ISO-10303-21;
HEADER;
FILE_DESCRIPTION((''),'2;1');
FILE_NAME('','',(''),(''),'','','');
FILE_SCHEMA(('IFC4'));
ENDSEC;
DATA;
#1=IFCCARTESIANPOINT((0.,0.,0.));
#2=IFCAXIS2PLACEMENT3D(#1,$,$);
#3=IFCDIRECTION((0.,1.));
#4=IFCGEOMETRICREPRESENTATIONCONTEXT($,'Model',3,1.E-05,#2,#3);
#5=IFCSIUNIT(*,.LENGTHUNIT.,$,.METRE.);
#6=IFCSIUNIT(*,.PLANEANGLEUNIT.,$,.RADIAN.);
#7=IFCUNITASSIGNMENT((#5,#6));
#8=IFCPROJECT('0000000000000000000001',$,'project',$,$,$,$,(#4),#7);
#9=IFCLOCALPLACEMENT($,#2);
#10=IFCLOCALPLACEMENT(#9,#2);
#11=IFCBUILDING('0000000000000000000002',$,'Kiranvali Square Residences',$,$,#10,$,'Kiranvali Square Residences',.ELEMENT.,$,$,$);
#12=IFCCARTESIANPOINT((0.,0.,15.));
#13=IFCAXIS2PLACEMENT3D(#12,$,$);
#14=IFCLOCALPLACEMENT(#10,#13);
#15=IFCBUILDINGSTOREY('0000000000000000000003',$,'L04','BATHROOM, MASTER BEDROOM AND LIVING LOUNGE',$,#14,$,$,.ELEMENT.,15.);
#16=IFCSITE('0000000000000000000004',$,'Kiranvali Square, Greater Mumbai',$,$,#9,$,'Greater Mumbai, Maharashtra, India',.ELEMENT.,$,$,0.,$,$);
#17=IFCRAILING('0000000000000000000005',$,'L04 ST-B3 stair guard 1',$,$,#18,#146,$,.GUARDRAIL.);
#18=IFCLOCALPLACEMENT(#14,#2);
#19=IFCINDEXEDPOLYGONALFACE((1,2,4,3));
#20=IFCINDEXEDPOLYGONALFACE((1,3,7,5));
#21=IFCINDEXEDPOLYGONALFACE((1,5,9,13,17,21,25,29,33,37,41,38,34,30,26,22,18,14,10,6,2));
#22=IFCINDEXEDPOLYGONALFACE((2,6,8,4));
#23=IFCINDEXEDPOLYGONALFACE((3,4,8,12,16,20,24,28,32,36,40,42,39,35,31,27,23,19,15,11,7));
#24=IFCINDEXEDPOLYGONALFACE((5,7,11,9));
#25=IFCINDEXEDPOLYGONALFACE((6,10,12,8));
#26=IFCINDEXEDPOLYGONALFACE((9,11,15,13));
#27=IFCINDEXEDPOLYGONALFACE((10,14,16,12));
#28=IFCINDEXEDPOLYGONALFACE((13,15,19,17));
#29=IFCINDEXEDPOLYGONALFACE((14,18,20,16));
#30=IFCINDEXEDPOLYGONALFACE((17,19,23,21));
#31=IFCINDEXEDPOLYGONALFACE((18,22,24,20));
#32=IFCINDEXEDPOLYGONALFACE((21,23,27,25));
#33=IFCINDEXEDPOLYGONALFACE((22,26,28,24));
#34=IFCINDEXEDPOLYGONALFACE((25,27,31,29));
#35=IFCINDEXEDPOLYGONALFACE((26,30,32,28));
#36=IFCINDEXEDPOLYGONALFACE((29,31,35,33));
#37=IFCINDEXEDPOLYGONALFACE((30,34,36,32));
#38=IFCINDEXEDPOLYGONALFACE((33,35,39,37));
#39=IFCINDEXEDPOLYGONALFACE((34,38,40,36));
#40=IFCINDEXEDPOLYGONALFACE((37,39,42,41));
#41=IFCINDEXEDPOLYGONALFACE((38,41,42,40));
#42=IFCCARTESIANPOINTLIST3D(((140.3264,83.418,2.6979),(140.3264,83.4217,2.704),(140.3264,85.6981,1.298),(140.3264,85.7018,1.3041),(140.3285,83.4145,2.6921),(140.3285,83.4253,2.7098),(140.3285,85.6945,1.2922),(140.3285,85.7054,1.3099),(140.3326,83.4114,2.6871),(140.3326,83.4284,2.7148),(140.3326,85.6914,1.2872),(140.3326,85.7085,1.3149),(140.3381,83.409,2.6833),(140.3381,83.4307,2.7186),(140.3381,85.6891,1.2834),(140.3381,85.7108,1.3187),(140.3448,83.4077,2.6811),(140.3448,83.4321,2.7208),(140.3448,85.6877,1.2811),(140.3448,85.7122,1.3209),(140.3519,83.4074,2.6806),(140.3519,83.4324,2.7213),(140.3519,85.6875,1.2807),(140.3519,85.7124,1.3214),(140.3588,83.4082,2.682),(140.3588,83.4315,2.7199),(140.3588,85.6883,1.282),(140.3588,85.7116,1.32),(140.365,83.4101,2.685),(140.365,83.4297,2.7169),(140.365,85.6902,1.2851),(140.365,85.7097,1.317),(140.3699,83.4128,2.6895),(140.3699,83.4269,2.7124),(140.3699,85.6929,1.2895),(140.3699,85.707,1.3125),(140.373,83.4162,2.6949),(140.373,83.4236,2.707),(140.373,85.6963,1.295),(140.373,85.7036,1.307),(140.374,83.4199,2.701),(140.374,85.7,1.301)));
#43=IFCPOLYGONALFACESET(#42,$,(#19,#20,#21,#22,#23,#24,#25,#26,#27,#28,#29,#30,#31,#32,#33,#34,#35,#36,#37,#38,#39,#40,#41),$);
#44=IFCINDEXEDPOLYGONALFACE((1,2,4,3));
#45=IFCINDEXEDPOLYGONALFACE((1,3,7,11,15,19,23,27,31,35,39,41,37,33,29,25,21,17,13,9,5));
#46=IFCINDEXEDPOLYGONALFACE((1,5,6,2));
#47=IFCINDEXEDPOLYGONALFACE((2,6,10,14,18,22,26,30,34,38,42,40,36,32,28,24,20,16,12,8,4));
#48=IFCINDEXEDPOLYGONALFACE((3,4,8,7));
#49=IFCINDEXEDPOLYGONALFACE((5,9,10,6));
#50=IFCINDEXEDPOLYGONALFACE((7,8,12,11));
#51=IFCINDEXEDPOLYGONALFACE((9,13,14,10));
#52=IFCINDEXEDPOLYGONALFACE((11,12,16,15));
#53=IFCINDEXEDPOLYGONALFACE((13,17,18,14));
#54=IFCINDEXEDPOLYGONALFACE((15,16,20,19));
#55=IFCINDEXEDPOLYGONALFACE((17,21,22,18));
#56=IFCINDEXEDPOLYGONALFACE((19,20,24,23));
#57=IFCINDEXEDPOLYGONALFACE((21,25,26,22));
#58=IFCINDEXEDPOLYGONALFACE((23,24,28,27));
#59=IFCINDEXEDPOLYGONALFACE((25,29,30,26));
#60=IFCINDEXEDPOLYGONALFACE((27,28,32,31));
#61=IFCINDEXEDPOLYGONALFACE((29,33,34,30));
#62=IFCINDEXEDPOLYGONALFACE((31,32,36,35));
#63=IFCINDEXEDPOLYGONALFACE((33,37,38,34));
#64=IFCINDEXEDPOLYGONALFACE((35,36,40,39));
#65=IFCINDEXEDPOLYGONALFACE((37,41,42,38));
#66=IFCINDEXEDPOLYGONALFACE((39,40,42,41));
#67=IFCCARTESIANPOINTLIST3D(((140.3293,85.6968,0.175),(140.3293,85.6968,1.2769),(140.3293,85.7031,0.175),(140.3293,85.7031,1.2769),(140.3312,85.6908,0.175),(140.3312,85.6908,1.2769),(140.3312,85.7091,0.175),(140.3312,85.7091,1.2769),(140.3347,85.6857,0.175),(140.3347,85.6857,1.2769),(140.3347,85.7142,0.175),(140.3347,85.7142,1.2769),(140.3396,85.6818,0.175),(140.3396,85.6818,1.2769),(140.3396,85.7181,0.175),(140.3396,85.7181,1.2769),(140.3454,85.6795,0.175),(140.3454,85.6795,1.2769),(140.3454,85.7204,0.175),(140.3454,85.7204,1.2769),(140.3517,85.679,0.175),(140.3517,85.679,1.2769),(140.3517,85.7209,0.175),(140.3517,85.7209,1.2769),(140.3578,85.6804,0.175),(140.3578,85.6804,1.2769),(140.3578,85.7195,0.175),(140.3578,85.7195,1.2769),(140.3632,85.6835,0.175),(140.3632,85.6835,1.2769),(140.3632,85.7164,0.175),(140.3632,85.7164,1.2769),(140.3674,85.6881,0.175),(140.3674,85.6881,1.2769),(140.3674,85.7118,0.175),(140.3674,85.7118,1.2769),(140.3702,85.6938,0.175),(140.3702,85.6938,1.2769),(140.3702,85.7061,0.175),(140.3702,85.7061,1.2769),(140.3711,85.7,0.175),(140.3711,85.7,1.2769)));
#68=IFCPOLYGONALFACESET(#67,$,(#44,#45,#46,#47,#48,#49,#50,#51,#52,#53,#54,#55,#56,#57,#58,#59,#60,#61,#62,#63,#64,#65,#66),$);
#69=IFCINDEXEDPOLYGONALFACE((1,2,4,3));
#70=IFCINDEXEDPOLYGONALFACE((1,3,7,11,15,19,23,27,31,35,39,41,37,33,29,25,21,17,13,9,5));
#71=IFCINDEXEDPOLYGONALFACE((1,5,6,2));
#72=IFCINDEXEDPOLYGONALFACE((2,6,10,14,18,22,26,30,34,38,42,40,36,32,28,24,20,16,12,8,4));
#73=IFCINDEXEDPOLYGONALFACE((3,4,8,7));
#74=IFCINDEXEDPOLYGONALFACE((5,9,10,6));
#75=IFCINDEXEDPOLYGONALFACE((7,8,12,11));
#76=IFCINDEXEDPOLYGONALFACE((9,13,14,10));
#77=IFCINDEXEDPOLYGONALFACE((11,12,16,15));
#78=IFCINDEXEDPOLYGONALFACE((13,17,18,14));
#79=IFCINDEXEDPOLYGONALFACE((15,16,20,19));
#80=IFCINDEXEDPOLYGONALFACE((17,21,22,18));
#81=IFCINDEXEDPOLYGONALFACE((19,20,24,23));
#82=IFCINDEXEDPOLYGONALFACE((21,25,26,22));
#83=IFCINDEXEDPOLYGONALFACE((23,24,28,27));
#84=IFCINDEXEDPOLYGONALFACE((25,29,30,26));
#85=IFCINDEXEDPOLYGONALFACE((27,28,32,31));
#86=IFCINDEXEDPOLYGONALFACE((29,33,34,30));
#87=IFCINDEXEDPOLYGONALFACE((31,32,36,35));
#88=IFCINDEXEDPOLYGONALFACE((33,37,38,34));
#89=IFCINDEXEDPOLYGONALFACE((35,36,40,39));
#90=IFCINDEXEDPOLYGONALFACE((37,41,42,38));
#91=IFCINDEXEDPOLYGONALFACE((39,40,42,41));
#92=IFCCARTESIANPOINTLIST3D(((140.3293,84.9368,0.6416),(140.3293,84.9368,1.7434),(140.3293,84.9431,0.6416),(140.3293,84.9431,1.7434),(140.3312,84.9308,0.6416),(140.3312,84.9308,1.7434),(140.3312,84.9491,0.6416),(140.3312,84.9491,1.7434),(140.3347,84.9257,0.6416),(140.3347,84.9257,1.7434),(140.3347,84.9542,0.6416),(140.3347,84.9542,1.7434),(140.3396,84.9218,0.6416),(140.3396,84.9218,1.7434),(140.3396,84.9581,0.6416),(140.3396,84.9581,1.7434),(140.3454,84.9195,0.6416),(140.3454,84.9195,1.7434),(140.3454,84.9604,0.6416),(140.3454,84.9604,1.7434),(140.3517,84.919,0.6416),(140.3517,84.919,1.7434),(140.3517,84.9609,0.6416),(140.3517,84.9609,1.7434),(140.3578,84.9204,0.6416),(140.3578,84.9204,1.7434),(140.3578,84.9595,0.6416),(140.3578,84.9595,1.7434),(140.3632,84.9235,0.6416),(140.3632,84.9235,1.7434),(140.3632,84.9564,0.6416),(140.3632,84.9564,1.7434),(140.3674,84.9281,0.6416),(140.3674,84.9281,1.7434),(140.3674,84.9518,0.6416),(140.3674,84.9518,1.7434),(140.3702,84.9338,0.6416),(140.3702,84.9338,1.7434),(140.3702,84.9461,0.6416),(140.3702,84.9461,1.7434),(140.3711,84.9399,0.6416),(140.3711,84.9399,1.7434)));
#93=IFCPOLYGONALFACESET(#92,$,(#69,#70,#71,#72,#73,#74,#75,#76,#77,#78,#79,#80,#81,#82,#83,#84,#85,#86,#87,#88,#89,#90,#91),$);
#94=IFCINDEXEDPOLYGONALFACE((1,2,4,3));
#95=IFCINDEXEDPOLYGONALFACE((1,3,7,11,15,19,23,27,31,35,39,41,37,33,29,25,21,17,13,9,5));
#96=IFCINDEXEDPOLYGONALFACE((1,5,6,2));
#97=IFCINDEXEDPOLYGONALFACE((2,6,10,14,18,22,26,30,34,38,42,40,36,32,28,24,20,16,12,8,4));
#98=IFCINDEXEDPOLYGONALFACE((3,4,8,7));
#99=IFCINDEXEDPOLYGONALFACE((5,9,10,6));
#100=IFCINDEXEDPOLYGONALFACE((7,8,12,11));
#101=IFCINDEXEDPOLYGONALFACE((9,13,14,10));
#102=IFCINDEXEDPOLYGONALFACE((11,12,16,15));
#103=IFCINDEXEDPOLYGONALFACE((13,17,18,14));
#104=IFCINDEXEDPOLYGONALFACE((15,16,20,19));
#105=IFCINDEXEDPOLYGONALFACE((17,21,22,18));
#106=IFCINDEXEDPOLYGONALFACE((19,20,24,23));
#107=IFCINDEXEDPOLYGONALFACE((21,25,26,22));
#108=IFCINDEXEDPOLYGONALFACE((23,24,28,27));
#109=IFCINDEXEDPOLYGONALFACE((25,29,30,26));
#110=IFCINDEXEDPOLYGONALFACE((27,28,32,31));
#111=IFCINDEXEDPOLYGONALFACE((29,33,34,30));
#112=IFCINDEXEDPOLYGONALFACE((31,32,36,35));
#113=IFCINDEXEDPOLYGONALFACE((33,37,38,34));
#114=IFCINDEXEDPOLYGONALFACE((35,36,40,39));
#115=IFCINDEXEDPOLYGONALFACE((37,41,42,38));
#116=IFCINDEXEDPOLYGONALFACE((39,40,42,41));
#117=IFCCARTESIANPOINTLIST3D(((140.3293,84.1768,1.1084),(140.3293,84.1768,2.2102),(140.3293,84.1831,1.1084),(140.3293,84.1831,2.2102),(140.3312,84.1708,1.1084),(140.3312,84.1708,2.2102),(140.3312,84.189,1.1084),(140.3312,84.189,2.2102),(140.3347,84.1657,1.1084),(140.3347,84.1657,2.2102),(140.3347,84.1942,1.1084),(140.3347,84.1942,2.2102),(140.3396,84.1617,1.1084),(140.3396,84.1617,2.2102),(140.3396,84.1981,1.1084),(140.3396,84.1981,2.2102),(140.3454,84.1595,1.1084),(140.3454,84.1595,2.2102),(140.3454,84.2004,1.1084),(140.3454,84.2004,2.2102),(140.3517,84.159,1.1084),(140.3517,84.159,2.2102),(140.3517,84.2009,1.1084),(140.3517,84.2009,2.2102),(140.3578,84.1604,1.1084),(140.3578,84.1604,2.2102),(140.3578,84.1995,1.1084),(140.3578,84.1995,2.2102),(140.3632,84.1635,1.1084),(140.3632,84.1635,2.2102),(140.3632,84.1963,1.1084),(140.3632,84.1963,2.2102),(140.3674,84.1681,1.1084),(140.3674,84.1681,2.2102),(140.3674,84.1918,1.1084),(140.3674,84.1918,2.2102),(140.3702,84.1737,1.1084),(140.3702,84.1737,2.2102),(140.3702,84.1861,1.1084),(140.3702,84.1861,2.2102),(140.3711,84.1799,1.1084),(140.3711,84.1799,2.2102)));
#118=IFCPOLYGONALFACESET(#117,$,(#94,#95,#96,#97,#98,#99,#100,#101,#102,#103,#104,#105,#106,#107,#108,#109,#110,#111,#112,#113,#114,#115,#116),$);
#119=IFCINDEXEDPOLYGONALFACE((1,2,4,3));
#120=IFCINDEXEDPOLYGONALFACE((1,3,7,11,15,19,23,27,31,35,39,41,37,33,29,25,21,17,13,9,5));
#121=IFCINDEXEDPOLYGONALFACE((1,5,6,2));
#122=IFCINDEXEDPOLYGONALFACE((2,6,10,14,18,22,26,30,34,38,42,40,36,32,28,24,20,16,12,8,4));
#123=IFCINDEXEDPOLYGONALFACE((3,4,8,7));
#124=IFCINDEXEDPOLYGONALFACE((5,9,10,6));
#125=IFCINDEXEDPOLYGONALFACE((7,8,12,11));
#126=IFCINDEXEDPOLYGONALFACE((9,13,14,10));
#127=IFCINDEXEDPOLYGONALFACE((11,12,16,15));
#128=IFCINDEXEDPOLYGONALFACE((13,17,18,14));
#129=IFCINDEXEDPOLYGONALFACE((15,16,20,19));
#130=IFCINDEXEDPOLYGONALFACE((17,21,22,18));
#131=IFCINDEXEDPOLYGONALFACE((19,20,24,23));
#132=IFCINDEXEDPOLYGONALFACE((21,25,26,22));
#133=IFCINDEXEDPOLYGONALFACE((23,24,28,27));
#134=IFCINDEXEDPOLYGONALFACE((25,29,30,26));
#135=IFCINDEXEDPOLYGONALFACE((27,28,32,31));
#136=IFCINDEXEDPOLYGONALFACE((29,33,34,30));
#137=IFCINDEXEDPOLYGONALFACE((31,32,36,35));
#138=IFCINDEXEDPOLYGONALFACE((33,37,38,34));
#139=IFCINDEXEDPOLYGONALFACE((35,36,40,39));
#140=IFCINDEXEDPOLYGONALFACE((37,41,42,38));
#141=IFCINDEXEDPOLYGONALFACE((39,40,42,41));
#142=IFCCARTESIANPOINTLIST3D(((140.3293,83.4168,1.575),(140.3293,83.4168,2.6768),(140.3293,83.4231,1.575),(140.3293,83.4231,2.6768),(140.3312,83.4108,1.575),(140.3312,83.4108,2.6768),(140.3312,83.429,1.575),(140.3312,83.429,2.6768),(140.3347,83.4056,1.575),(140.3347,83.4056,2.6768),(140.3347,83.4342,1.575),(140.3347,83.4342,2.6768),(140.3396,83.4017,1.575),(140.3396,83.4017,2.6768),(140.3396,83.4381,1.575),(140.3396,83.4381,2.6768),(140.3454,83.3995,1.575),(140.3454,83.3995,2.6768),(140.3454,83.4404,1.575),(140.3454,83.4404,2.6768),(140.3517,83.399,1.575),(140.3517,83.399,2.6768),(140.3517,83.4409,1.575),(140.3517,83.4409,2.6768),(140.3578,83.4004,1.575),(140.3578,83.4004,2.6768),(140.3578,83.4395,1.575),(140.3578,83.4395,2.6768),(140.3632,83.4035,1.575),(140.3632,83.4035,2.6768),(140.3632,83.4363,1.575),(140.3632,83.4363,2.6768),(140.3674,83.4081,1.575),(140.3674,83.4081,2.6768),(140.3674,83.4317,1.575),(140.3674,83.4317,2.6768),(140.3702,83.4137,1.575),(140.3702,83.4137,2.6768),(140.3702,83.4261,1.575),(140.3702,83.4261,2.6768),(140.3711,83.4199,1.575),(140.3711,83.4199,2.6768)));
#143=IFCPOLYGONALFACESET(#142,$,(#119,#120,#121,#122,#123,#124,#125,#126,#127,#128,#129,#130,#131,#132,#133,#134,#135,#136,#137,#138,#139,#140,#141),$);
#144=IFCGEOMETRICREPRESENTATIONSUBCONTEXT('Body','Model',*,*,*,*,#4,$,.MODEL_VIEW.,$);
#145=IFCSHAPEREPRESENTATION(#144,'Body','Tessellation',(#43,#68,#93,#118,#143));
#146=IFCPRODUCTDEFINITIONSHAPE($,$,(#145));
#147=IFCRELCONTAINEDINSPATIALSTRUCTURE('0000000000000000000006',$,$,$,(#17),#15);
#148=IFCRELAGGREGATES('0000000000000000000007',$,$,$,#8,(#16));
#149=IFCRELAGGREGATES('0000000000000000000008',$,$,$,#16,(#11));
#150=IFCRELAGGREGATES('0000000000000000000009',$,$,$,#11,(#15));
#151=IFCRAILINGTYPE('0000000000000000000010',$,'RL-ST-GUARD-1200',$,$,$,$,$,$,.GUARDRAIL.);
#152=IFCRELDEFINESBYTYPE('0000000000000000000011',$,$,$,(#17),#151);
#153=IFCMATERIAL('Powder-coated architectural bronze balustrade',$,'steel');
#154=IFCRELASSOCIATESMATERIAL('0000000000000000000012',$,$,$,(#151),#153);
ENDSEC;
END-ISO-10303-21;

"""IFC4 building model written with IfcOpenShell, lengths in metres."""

from ifc_helpers import new_model, si_unit, direction, frame, origin, origin_2d, place, context, subcontext, project, spatial, circle, extrude, material, type_object, element, save


model = new_model("IFC4")

# Units and contexts
model_context = context("Model", 3, precision=1e-05, world=origin(), true_north=direction((0.0, 1.0)))
body_context = subcontext(model_context, "Body", "Model", "MODEL_VIEW")
ifc_project = project(units=[si_unit("LENGTHUNIT", "METRE"), si_unit("PLANEANGLEUNIT", "RADIAN")], contexts=[model_context])

# Site, building, storey
site_placement = place(None, origin())
site = spatial("IfcSite", under=ifc_project, at=site_placement, Name="Kiranvali Square, Greater Mumbai", LongName="Greater Mumbai, Maharashtra, India", CompositionType="ELEMENT", RefElevation=0.0)
building_placement = place(site_placement, origin())
building = spatial("IfcBuilding", under=site, at=building_placement, Name="Kiranvali Square Residences", LongName="Kiranvali Square Residences", CompositionType="ELEMENT")
storey_placement = place(building_placement, frame((0.0, 0.0, 15.0)))
storey = spatial("IfcBuildingStorey", under=building, at=storey_placement, Name="L04", Description="BATHROOM, MASTER BEDROOM AND LIVING LOUNGE", CompositionType="ELEMENT", Elevation=15.0)

# Railing
ifc_material_1 = material(Name="Powder-coated architectural bronze balustrade", Category="steel")
railing_type = type_object("IfcRailingType", Name="RL-ST-GUARD-1200", PredefinedType="GUARDRAIL", material=ifc_material_1)
railing_1_placement = place(storey_placement, frame((140.3501, 85.7, 0.175)))
element("IfcRailing", 1, at=railing_1_placement, inside=storey, type_object=railing_type, Name="L04 ST-B3 stair guard 1", PredefinedType="GUARDRAIL", context=body_context, shape_type="SweptSolid", body=[
    extrude(circle(Radius=0.0239, at=origin_2d()), frame((0.0, 0.0, 1.126), z_axis=(0.0, -0.85219, 0.523232), x_axis=(1.0, 0.0, 0.0)), (0.0, 0.0, 1.0), 2.6755),
    extrude(circle(Radius=0.021, at=origin_2d()), origin(), (0.0, 0.0, 1.0), 1.1018),
    extrude(circle(Radius=0.021, at=origin_2d()), frame((0.0, -0.76, 0.4666)), (0.0, 0.0, 1.0), 1.1018),
    extrude(circle(Radius=0.021, at=origin_2d()), frame((0.0, -1.52, 0.9333)), (0.0, 0.0, 1.0), 1.1018),
    extrude(circle(Radius=0.021, at=origin_2d()), frame((0.0, -2.28, 1.3999)), (0.0, 0.0, 1.0), 1.1018),
])

save(model, "model.ifc")
